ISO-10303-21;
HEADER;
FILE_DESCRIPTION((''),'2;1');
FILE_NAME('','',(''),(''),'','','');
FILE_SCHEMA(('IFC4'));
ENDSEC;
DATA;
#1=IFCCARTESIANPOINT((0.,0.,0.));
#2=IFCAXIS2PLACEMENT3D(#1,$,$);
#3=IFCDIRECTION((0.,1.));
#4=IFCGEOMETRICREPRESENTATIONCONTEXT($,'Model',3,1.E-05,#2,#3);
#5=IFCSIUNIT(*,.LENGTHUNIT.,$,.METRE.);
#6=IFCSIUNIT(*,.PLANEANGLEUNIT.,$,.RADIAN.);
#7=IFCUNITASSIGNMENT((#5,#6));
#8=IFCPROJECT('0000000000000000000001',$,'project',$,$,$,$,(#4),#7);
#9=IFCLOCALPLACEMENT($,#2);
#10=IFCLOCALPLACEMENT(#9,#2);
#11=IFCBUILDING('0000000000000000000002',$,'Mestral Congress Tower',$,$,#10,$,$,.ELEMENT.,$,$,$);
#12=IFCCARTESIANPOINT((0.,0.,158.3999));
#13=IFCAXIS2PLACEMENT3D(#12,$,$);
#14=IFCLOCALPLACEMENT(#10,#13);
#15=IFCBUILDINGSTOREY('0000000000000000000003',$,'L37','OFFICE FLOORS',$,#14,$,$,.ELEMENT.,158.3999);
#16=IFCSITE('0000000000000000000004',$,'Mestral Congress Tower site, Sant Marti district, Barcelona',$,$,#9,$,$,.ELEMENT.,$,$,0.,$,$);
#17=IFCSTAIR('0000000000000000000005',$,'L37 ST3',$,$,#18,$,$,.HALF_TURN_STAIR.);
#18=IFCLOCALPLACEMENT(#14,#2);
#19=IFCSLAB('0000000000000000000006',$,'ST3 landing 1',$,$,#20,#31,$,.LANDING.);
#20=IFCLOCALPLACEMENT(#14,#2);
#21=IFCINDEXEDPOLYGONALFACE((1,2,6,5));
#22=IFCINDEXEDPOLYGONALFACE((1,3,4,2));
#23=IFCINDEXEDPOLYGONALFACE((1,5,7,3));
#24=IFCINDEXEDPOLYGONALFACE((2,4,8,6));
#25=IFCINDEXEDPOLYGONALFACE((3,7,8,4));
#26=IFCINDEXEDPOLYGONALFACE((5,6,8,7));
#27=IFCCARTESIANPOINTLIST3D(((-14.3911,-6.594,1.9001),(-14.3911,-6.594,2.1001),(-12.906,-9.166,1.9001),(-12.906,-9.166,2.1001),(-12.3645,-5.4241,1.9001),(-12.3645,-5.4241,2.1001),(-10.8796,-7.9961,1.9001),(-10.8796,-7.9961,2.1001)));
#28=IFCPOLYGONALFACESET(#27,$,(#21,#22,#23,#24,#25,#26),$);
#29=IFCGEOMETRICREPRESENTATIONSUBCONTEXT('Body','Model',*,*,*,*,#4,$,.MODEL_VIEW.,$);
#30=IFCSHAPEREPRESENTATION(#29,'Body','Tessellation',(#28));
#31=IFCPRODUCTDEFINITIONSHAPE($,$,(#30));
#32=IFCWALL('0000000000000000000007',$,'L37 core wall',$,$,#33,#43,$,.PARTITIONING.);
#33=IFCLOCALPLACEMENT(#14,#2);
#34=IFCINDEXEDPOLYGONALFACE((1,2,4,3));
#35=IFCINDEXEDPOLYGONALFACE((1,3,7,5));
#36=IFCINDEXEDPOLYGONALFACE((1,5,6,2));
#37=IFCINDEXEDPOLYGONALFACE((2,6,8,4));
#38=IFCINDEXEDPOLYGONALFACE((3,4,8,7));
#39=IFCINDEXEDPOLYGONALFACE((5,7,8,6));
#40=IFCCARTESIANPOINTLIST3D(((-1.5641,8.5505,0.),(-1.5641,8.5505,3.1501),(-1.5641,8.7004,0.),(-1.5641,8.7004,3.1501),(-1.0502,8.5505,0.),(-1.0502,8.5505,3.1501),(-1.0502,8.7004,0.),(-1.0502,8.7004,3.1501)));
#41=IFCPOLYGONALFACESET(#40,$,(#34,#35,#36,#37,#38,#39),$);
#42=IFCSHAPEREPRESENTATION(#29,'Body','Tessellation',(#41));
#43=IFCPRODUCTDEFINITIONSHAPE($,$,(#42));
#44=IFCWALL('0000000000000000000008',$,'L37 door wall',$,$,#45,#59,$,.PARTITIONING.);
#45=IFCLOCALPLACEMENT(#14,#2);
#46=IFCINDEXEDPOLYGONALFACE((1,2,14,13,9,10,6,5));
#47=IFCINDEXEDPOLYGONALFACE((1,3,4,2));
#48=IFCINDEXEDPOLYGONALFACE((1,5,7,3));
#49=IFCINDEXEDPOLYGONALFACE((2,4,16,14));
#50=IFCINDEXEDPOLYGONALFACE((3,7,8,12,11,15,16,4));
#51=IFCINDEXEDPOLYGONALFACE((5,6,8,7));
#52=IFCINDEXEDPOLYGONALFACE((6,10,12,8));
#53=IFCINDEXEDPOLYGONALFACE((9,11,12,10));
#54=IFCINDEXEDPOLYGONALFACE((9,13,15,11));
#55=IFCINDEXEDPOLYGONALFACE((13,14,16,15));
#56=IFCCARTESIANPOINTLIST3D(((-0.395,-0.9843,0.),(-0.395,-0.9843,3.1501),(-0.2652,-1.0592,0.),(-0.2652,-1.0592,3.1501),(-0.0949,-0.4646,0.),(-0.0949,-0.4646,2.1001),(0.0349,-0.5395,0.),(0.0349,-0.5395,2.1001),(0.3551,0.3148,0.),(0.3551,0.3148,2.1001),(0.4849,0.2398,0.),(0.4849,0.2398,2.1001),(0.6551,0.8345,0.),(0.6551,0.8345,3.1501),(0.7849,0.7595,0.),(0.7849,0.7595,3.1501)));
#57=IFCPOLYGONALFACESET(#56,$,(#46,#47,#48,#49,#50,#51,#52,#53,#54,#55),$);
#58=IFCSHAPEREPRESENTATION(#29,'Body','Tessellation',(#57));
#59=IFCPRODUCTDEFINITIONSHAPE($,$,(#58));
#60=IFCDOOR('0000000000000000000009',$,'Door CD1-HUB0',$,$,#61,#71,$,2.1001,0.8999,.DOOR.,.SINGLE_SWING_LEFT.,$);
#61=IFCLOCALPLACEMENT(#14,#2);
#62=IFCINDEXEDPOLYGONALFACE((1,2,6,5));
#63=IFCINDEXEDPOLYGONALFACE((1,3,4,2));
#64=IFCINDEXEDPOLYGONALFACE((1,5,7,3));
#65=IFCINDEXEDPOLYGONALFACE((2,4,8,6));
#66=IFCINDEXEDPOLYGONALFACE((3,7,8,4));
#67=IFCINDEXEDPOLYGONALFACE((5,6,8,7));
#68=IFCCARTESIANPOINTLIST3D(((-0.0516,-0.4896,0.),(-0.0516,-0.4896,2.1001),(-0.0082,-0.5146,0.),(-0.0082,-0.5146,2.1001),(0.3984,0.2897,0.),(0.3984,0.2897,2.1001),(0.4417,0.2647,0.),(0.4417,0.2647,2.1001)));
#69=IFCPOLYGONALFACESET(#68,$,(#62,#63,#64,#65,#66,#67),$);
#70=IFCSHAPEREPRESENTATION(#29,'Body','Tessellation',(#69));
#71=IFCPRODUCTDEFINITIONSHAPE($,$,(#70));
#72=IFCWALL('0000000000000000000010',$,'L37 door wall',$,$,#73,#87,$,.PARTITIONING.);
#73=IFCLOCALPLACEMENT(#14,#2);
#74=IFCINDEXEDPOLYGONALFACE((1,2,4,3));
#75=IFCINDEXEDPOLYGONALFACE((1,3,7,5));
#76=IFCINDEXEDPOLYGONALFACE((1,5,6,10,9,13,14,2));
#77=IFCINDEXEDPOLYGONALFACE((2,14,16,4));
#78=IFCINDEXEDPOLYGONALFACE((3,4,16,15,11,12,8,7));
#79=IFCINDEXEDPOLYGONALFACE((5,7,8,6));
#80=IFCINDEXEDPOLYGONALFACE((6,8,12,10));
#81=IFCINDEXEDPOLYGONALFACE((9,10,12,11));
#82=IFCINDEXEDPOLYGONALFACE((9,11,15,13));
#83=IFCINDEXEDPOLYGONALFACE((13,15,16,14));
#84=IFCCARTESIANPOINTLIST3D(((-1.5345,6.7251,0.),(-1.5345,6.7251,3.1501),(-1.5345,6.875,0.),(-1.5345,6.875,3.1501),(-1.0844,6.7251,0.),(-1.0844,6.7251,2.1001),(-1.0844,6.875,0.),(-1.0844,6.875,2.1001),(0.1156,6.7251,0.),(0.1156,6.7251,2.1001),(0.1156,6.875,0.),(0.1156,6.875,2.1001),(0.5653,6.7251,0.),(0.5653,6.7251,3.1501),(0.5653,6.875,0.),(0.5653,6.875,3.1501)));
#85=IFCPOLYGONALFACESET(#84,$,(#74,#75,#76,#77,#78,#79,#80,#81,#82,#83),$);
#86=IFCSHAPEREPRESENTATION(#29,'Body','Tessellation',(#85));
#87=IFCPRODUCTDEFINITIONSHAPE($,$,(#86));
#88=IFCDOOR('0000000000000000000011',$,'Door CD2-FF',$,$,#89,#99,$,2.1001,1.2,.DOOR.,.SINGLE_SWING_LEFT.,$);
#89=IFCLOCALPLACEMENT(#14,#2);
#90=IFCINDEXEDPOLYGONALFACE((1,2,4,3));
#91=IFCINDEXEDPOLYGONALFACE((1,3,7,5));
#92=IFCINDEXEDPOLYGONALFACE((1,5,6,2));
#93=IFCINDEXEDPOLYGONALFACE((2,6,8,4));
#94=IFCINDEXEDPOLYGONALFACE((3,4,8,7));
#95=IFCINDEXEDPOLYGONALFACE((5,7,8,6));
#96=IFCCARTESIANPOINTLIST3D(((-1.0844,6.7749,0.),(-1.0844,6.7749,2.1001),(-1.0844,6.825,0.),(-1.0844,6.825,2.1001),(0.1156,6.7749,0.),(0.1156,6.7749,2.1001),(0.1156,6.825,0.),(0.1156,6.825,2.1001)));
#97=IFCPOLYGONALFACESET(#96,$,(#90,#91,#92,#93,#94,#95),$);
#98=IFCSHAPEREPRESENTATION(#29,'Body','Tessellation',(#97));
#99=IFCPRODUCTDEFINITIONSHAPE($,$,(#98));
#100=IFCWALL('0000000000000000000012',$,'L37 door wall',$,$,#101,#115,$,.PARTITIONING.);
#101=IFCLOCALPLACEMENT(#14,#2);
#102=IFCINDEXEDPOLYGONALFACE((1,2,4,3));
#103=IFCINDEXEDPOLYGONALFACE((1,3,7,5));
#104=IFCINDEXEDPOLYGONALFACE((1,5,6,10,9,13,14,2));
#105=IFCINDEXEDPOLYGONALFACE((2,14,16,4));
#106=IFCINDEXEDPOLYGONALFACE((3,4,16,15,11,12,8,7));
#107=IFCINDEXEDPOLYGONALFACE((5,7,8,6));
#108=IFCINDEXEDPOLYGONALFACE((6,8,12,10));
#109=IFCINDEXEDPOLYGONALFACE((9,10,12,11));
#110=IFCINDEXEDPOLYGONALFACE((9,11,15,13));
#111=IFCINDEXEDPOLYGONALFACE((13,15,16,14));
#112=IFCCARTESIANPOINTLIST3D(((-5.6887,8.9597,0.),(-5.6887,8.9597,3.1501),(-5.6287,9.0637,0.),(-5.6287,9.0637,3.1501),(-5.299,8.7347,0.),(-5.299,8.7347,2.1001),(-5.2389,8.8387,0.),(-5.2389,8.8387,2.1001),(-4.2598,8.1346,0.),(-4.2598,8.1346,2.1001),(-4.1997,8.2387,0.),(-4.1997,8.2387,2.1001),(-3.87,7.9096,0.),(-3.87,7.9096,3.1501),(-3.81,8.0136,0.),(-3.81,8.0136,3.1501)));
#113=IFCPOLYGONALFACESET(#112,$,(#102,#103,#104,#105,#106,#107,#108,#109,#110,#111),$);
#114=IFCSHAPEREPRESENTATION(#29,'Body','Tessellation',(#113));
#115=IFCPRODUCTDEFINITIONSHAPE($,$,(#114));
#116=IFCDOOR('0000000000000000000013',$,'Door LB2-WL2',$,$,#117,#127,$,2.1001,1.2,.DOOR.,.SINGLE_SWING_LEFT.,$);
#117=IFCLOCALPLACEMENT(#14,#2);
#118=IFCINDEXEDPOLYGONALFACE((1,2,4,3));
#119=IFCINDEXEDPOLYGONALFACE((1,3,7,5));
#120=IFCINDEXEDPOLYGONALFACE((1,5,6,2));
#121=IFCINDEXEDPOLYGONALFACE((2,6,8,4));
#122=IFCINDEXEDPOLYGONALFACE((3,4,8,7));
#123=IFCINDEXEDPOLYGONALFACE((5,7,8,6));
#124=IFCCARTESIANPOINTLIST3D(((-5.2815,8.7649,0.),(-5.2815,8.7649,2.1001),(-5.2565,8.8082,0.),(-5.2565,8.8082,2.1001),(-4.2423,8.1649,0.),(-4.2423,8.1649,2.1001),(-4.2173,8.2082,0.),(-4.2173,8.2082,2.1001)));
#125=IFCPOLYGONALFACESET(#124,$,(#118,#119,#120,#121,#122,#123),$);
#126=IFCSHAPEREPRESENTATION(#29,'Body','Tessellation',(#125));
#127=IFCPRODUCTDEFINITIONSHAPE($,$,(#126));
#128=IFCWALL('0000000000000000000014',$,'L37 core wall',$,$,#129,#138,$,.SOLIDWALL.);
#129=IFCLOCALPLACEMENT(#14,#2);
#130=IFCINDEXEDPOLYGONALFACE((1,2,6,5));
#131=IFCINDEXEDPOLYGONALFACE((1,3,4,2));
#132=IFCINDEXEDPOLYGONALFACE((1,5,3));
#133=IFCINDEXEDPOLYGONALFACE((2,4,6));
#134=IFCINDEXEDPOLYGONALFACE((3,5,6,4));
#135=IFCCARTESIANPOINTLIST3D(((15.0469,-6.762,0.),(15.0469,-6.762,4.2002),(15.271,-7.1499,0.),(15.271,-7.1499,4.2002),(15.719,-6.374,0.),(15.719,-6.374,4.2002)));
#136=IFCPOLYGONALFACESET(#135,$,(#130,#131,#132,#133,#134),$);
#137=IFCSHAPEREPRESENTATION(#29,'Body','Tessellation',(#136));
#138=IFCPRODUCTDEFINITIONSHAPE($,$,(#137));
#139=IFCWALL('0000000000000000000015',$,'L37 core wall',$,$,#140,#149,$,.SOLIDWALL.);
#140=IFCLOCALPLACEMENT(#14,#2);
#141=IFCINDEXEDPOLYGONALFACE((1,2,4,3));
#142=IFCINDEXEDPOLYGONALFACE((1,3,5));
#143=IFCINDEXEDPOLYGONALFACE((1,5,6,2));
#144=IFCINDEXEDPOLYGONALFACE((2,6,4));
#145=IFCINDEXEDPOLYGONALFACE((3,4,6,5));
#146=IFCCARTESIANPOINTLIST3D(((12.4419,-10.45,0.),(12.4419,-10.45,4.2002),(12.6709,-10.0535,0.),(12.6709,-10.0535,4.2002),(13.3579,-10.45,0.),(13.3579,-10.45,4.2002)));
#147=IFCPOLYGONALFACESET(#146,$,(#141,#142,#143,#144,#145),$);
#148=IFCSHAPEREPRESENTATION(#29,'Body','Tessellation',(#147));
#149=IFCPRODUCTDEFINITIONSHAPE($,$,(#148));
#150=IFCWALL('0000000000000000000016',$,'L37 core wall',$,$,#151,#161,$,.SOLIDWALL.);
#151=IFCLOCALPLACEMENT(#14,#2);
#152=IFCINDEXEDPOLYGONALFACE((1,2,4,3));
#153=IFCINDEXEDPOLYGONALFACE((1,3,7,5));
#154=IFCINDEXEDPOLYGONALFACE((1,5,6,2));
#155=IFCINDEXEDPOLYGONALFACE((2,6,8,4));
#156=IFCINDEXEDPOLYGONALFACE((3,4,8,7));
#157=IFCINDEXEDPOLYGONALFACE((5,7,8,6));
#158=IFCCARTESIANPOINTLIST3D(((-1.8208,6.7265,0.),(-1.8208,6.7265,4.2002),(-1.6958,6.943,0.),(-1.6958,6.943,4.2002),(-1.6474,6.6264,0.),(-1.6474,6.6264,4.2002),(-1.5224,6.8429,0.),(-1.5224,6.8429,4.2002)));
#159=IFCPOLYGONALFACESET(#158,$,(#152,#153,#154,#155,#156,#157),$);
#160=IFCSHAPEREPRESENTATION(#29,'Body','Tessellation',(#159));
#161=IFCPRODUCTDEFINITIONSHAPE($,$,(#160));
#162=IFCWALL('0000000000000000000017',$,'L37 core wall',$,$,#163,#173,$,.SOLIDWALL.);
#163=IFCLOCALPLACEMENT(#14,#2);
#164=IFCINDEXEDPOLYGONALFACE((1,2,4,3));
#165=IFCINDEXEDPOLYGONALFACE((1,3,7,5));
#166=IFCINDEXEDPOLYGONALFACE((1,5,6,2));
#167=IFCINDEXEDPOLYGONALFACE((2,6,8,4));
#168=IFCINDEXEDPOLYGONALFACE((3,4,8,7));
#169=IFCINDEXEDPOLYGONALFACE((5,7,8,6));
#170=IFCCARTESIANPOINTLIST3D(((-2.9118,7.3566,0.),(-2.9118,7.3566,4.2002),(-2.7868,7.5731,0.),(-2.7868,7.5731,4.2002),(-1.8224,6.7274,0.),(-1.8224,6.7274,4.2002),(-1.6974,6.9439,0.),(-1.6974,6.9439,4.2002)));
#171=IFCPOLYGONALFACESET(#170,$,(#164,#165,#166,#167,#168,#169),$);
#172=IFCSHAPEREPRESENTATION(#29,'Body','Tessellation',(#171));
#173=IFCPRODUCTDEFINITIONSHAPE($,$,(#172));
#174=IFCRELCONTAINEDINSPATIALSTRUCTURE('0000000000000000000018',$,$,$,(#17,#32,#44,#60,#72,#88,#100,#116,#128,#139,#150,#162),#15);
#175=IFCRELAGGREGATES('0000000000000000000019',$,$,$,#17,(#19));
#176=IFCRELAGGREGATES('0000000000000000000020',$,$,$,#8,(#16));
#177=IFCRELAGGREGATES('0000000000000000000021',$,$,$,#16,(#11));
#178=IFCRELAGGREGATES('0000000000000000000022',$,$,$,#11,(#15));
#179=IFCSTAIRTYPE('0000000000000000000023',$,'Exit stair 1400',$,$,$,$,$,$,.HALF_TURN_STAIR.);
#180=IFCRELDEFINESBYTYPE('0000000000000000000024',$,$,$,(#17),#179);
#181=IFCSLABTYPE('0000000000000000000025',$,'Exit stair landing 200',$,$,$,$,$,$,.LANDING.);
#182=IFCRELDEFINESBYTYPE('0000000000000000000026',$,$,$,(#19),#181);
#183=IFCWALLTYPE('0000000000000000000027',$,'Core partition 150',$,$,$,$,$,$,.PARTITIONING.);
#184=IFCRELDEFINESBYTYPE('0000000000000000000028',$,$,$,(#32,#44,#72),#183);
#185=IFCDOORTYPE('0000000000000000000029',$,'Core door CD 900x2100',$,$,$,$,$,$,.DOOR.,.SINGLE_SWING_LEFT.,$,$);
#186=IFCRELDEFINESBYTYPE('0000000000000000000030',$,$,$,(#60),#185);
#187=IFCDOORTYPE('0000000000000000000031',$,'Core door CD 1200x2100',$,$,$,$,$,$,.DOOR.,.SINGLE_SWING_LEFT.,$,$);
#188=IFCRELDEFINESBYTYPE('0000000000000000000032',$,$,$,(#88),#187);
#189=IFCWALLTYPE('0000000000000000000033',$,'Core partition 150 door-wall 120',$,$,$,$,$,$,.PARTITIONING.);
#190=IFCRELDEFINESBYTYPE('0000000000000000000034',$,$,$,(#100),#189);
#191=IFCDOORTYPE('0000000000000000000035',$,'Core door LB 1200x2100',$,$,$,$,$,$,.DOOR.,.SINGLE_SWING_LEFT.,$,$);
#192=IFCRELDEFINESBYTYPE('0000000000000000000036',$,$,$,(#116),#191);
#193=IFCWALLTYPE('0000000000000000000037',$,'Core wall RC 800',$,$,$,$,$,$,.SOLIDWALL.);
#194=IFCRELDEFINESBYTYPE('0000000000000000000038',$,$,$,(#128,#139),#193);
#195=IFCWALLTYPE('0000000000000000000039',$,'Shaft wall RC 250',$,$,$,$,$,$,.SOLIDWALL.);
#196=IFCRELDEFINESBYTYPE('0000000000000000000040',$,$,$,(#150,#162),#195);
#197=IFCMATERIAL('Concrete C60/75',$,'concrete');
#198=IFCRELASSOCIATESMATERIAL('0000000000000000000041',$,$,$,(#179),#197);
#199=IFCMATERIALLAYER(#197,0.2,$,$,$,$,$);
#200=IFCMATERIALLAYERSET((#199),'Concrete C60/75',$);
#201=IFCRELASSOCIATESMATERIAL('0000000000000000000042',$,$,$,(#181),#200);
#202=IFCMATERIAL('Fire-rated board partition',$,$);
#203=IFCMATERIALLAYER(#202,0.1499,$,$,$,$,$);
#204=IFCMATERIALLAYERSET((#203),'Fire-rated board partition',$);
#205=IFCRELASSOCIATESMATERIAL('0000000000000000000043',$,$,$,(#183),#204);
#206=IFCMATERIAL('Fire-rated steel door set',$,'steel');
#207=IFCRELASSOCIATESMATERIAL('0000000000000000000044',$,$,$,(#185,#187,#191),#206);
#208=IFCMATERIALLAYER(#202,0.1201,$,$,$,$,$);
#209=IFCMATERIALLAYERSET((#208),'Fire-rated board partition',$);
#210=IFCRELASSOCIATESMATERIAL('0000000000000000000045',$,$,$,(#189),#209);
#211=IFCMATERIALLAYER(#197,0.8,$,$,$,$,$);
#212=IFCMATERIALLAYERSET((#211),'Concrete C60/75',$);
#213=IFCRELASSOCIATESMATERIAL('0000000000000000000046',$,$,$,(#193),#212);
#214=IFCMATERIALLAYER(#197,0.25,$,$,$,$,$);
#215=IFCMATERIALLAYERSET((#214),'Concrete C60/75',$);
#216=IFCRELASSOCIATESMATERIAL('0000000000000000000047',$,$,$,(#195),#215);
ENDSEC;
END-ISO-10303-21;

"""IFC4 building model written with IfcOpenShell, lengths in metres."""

from ifc_helpers import new_model, si_unit, direction, frame, frame_2d, origin, place, context, subcontext, project, spatial, polyline, rectangle, outline, extrude, material, layer, layer_set, type_object, element, fill, aggregate, save


model = new_model("IFC4")

# Units and contexts
model_context = context("Model", 3, precision=1e-05, world=origin(), true_north=direction((0.0, 1.0)))
body_context = subcontext(model_context, "Body", "Model", "MODEL_VIEW")
ifc_project = project(units=[si_unit("LENGTHUNIT", "METRE"), si_unit("PLANEANGLEUNIT", "RADIAN")], contexts=[model_context])

# Site, building, storey
site_placement = place(None, origin())
site = spatial("IfcSite", under=ifc_project, at=site_placement, Name="Mestral Congress Tower site, Sant Marti district, Barcelona", CompositionType="ELEMENT", RefElevation=0.0)
building_placement = place(site_placement, origin())
building = spatial("IfcBuilding", under=site, at=building_placement, Name="Mestral Congress Tower", CompositionType="ELEMENT")
storey_placement = place(building_placement, frame((0.0, 0.0, 158.3999)))
storey = spatial("IfcBuildingStorey", under=building, at=storey_placement, Name="L37", Description="OFFICE FLOORS", CompositionType="ELEMENT", Elevation=158.3999)

# Shared definitions
ifc_material_1 = material(Name="Concrete C60/75", Category="concrete")

# Stair, slab
stair_type = type_object("IfcStairType", Name="Exit stair 1400", PredefinedType="HALF_TURN_STAIR", material=ifc_material_1)
placement_1 = place(storey_placement, origin())
ifc_layer_1 = layer(ifc_material_1, 0.2)
ifc_layer_set_1 = layer_set([ifc_layer_1], Name="Concrete C60/75")
slab_type_1 = type_object("IfcSlabType", Name="Exit stair landing 200", PredefinedType="LANDING", material=ifc_layer_set_1)
placement_2 = place(storey_placement, frame((0.0, 0.0, 1.9001)))
stair_1 = element("IfcStair", 1, at=placement_1, inside=storey, type_object=stair_type, Name="L37 ST3", PredefinedType="HALF_TURN_STAIR")
slab_1 = element("IfcSlab", 2, at=placement_2, type_object=slab_type_1, Name="ST3 landing 1", PredefinedType="LANDING", context=body_context, shape_type="SweptSolid", body=[
    extrude(outline(polyline([(-12.3645, -5.4241), (-10.8796, -7.9961), (-12.906, -9.166), (-14.3911, -6.594), (-12.3645, -5.4241)])), origin(), (0.0, 0.0, 1.0), 0.2),
])
aggregate(stair_1, [slab_1])

# Wall
ifc_material_2 = material(Name="Fire-rated board partition")
ifc_layer_2 = layer(ifc_material_2, 0.1499)
ifc_layer_set_2 = layer_set([ifc_layer_2], Name="Fire-rated board partition")
wall_type_1 = type_object("IfcWallType", Name="Core partition 150", PredefinedType="PARTITIONING", material=ifc_layer_set_2)
wall_1_placement = place(storey_placement, frame((-1.564, 8.6255, 0.0), z_axis=(0.0, 0.0, 1.0), x_axis=(1.0, 0.0, 0.0)))
element("IfcWall", 3, at=wall_1_placement, inside=storey, type_object=wall_type_1, Name="L37 core wall", PredefinedType="PARTITIONING", context=body_context, shape_type="SweptSolid", body=[
    extrude(rectangle(XDim=0.5139, YDim=0.1499, at=frame_2d((0.2568, 0.0))), origin(), (0.0, 0.0, 1.0), 3.1501),
])

# Walls, openings, doors
wall_2_placement = place(storey_placement, frame((-0.3301, -1.0217, 0.0), z_axis=(0.0, 0.0, 1.0), x_axis=(0.500028, 0.866009, 0.0)))
wall_2 = element("IfcWall", 4, at=wall_2_placement, inside=storey, type_object=wall_type_1, Name="L37 door wall", PredefinedType="PARTITIONING", context=body_context, shape_type="SweptSolid", body=[
    extrude(rectangle(XDim=2.1001, YDim=0.1499, at=frame_2d((1.05, 0.0))), origin(), (0.0, 0.0, 1.0), 3.1501),
])
opening_1_placement = place(wall_2_placement, frame((0.6001, 0.0, 0.0)))
opening_1 = element("IfcOpeningElement", 5, at=opening_1_placement, cuts=wall_2, PredefinedType="OPENING", context=body_context, shape_type="SweptSolid", body=[
    extrude(rectangle(XDim=0.8999, YDim=2.1001, at=frame_2d((0.45, 1.05))), frame((0.0, 0.085, 0.0), z_axis=(0.0, -1.0, 0.0), x_axis=(1.0, 0.0, 0.0)), (0.0, 0.0, 1.0), 0.1699),
])
ifc_material_3 = material(Name="Fire-rated steel door set", Category="steel")
door_type_1 = type_object("IfcDoorType", Name="Core door CD 900x2100", OperationType="SINGLE_SWING_LEFT", PredefinedType="DOOR", material=ifc_material_3)
door_1_placement = place(opening_1_placement, origin())
door_1 = element("IfcDoor", 6, at=door_1_placement, inside=storey, type_object=door_type_1, Name="Door CD1-HUB0", OperationType="SINGLE_SWING_LEFT", OverallHeight=2.1001, OverallWidth=0.8999, PredefinedType="DOOR", context=body_context, shape_type="SweptSolid", body=[
    extrude(rectangle(XDim=0.8999, YDim=2.1001, at=frame_2d((0.45, 1.05))), frame((0.0, 0.0249, 0.0), z_axis=(0.0, -1.0, 0.0), x_axis=(1.0, 0.0, 0.0)), (0.0, 0.0, 1.0), 0.05),
])
fill(opening_1, door_1)
wall_3_placement = place(storey_placement, frame((-1.5344, 6.8, 0.0), z_axis=(0.0, 0.0, 1.0), x_axis=(1.0, 0.0, 0.0)))
wall_3 = element("IfcWall", 7, at=wall_3_placement, inside=storey, type_object=wall_type_1, Name="L37 door wall", PredefinedType="PARTITIONING", context=body_context, shape_type="SweptSolid", body=[
    extrude(rectangle(XDim=2.0999, YDim=0.1499, at=frame_2d((1.0498, 0.0))), origin(), (0.0, 0.0, 1.0), 3.1501),
])
opening_2_placement = place(wall_3_placement, frame((0.45, 0.0, 0.0)))
opening_2 = element("IfcOpeningElement", 8, at=opening_2_placement, cuts=wall_3, PredefinedType="OPENING", context=body_context, shape_type="SweptSolid", body=[
    extrude(rectangle(XDim=1.2, YDim=2.1001, at=frame_2d((0.6001, 1.05))), frame((0.0, 0.085, 0.0), z_axis=(0.0, -1.0, 0.0), x_axis=(1.0, 0.0, 0.0)), (0.0, 0.0, 1.0), 0.1699),
])
door_type_2 = type_object("IfcDoorType", Name="Core door CD 1200x2100", OperationType="SINGLE_SWING_LEFT", PredefinedType="DOOR", material=ifc_material_3)
door_2_placement = place(opening_2_placement, origin())
door_2 = element("IfcDoor", 9, at=door_2_placement, inside=storey, type_object=door_type_2, Name="Door CD2-FF", OperationType="SINGLE_SWING_LEFT", OverallHeight=2.1001, OverallWidth=1.2, PredefinedType="DOOR", context=body_context, shape_type="SweptSolid", body=[
    extrude(rectangle(XDim=1.2, YDim=2.1001, at=frame_2d((0.6001, 1.05))), frame((0.0, 0.0249, 0.0), z_axis=(0.0, -1.0, 0.0), x_axis=(1.0, 0.0, 0.0)), (0.0, 0.0, 1.0), 0.05),
])
fill(opening_2, door_2)
ifc_layer_3 = layer(ifc_material_2, 0.1201)
ifc_layer_set_3 = layer_set([ifc_layer_3], Name="Fire-rated board partition")
wall_type_2 = type_object("IfcWallType", Name="Core partition 150 door-wall 120", PredefinedType="PARTITIONING", material=ifc_layer_set_3)
wall_4_placement = place(storey_placement, frame((-5.6587, 9.0117, 0.0), z_axis=(0.0, 0.0, 1.0), x_axis=(0.866009, -0.500028, 0.0)))
wall_4 = element("IfcWall", 10, at=wall_4_placement, inside=storey, type_object=wall_type_2, Name="L37 door wall", PredefinedType="PARTITIONING", context=body_context, shape_type="SweptSolid", body=[
    extrude(rectangle(XDim=2.1001, YDim=0.1201, at=frame_2d((1.05, 0.0))), origin(), (0.0, 0.0, 1.0), 3.1501),
])
opening_3_placement = place(wall_4_placement, frame((0.45, 0.0, 0.0)))
opening_3 = element("IfcOpeningElement", 11, at=opening_3_placement, cuts=wall_4, PredefinedType="OPENING", context=body_context, shape_type="SweptSolid", body=[
    extrude(rectangle(XDim=1.2, YDim=2.1001, at=frame_2d((0.6001, 1.05))), frame((0.0, 0.0701, 0.0), z_axis=(0.0, -1.0, 0.0), x_axis=(1.0, 0.0, 0.0)), (0.0, 0.0, 1.0), 0.1401),
])
door_type_3 = type_object("IfcDoorType", Name="Core door LB 1200x2100", OperationType="SINGLE_SWING_LEFT", PredefinedType="DOOR", material=ifc_material_3)
door_3_placement = place(opening_3_placement, origin())
door_3 = element("IfcDoor", 12, at=door_3_placement, inside=storey, type_object=door_type_3, Name="Door LB2-WL2", OperationType="SINGLE_SWING_LEFT", OverallHeight=2.1001, OverallWidth=1.2, PredefinedType="DOOR", context=body_context, shape_type="SweptSolid", body=[
    extrude(rectangle(XDim=1.2, YDim=2.1001, at=frame_2d((0.6001, 1.05))), frame((0.0, 0.0249, 0.0), z_axis=(0.0, -1.0, 0.0), x_axis=(1.0, 0.0, 0.0)), (0.0, 0.0, 1.0), 0.05),
])
fill(opening_3, door_3)

# Walls
ifc_layer_4 = layer(ifc_material_1, 0.8)
ifc_layer_set_4 = layer_set([ifc_layer_4], Name="Concrete C60/75")
wall_type_3 = type_object("IfcWallType", Name="Core wall RC 800", PredefinedType="SOLIDWALL", material=ifc_layer_set_4)
element("IfcWall", 13, at=placement_1, inside=storey, type_object=wall_type_3, Name="L37 core wall", PredefinedType="SOLIDWALL", context=body_context, shape_type="SweptSolid", body=[
    extrude(outline(polyline([(15.271, -7.1499), (15.0469, -6.762), (15.719, -6.374), (15.271, -7.1499)])), origin(), (0.0, 0.0, 1.0), 4.2002),
])
element("IfcWall", 14, at=placement_1, inside=storey, type_object=wall_type_3, Name="L37 core wall", PredefinedType="SOLIDWALL", context=body_context, shape_type="SweptSolid", body=[
    extrude(outline(polyline([(12.4419, -10.45), (12.6709, -10.0535), (13.3579, -10.45), (12.4419, -10.45)])), origin(), (0.0, 0.0, 1.0), 4.2002),
])
ifc_layer_5 = layer(ifc_material_1, 0.25)
ifc_layer_set_5 = layer_set([ifc_layer_5], Name="Concrete C60/75")
wall_type_4 = type_object("IfcWallType", Name="Shaft wall RC 250", PredefinedType="SOLIDWALL", material=ifc_layer_set_5)
wall_5_placement = place(storey_placement, frame((-1.7583, 6.8347, 0.0), z_axis=(0.0, 0.0, 1.0), x_axis=(0.865982, -0.500074, 0.0)))
element("IfcWall", 15, at=wall_5_placement, inside=storey, type_object=wall_type_4, Name="L37 core wall", PredefinedType="SOLIDWALL", context=body_context, shape_type="SweptSolid", body=[
    extrude(rectangle(XDim=0.2002, YDim=0.25, at=frame_2d((0.1001, 0.0))), origin(), (0.0, 0.0, 1.0), 4.2002),
])
wall_6_placement = place(storey_placement, frame((-1.76, 6.8357, 0.0), z_axis=(0.0, 0.0, 1.0), x_axis=(-0.865953, 0.500126, 0.0)))
element("IfcWall", 16, at=wall_6_placement, inside=storey, type_object=wall_type_4, Name="L37 core wall", PredefinedType="SOLIDWALL", context=body_context, shape_type="SweptSolid", body=[
    extrude(rectangle(XDim=1.2581, YDim=0.25, at=frame_2d((0.6289, 0.0))), origin(), (0.0, 0.0, 1.0), 4.2002),
])

save(model, "model.ifc")
